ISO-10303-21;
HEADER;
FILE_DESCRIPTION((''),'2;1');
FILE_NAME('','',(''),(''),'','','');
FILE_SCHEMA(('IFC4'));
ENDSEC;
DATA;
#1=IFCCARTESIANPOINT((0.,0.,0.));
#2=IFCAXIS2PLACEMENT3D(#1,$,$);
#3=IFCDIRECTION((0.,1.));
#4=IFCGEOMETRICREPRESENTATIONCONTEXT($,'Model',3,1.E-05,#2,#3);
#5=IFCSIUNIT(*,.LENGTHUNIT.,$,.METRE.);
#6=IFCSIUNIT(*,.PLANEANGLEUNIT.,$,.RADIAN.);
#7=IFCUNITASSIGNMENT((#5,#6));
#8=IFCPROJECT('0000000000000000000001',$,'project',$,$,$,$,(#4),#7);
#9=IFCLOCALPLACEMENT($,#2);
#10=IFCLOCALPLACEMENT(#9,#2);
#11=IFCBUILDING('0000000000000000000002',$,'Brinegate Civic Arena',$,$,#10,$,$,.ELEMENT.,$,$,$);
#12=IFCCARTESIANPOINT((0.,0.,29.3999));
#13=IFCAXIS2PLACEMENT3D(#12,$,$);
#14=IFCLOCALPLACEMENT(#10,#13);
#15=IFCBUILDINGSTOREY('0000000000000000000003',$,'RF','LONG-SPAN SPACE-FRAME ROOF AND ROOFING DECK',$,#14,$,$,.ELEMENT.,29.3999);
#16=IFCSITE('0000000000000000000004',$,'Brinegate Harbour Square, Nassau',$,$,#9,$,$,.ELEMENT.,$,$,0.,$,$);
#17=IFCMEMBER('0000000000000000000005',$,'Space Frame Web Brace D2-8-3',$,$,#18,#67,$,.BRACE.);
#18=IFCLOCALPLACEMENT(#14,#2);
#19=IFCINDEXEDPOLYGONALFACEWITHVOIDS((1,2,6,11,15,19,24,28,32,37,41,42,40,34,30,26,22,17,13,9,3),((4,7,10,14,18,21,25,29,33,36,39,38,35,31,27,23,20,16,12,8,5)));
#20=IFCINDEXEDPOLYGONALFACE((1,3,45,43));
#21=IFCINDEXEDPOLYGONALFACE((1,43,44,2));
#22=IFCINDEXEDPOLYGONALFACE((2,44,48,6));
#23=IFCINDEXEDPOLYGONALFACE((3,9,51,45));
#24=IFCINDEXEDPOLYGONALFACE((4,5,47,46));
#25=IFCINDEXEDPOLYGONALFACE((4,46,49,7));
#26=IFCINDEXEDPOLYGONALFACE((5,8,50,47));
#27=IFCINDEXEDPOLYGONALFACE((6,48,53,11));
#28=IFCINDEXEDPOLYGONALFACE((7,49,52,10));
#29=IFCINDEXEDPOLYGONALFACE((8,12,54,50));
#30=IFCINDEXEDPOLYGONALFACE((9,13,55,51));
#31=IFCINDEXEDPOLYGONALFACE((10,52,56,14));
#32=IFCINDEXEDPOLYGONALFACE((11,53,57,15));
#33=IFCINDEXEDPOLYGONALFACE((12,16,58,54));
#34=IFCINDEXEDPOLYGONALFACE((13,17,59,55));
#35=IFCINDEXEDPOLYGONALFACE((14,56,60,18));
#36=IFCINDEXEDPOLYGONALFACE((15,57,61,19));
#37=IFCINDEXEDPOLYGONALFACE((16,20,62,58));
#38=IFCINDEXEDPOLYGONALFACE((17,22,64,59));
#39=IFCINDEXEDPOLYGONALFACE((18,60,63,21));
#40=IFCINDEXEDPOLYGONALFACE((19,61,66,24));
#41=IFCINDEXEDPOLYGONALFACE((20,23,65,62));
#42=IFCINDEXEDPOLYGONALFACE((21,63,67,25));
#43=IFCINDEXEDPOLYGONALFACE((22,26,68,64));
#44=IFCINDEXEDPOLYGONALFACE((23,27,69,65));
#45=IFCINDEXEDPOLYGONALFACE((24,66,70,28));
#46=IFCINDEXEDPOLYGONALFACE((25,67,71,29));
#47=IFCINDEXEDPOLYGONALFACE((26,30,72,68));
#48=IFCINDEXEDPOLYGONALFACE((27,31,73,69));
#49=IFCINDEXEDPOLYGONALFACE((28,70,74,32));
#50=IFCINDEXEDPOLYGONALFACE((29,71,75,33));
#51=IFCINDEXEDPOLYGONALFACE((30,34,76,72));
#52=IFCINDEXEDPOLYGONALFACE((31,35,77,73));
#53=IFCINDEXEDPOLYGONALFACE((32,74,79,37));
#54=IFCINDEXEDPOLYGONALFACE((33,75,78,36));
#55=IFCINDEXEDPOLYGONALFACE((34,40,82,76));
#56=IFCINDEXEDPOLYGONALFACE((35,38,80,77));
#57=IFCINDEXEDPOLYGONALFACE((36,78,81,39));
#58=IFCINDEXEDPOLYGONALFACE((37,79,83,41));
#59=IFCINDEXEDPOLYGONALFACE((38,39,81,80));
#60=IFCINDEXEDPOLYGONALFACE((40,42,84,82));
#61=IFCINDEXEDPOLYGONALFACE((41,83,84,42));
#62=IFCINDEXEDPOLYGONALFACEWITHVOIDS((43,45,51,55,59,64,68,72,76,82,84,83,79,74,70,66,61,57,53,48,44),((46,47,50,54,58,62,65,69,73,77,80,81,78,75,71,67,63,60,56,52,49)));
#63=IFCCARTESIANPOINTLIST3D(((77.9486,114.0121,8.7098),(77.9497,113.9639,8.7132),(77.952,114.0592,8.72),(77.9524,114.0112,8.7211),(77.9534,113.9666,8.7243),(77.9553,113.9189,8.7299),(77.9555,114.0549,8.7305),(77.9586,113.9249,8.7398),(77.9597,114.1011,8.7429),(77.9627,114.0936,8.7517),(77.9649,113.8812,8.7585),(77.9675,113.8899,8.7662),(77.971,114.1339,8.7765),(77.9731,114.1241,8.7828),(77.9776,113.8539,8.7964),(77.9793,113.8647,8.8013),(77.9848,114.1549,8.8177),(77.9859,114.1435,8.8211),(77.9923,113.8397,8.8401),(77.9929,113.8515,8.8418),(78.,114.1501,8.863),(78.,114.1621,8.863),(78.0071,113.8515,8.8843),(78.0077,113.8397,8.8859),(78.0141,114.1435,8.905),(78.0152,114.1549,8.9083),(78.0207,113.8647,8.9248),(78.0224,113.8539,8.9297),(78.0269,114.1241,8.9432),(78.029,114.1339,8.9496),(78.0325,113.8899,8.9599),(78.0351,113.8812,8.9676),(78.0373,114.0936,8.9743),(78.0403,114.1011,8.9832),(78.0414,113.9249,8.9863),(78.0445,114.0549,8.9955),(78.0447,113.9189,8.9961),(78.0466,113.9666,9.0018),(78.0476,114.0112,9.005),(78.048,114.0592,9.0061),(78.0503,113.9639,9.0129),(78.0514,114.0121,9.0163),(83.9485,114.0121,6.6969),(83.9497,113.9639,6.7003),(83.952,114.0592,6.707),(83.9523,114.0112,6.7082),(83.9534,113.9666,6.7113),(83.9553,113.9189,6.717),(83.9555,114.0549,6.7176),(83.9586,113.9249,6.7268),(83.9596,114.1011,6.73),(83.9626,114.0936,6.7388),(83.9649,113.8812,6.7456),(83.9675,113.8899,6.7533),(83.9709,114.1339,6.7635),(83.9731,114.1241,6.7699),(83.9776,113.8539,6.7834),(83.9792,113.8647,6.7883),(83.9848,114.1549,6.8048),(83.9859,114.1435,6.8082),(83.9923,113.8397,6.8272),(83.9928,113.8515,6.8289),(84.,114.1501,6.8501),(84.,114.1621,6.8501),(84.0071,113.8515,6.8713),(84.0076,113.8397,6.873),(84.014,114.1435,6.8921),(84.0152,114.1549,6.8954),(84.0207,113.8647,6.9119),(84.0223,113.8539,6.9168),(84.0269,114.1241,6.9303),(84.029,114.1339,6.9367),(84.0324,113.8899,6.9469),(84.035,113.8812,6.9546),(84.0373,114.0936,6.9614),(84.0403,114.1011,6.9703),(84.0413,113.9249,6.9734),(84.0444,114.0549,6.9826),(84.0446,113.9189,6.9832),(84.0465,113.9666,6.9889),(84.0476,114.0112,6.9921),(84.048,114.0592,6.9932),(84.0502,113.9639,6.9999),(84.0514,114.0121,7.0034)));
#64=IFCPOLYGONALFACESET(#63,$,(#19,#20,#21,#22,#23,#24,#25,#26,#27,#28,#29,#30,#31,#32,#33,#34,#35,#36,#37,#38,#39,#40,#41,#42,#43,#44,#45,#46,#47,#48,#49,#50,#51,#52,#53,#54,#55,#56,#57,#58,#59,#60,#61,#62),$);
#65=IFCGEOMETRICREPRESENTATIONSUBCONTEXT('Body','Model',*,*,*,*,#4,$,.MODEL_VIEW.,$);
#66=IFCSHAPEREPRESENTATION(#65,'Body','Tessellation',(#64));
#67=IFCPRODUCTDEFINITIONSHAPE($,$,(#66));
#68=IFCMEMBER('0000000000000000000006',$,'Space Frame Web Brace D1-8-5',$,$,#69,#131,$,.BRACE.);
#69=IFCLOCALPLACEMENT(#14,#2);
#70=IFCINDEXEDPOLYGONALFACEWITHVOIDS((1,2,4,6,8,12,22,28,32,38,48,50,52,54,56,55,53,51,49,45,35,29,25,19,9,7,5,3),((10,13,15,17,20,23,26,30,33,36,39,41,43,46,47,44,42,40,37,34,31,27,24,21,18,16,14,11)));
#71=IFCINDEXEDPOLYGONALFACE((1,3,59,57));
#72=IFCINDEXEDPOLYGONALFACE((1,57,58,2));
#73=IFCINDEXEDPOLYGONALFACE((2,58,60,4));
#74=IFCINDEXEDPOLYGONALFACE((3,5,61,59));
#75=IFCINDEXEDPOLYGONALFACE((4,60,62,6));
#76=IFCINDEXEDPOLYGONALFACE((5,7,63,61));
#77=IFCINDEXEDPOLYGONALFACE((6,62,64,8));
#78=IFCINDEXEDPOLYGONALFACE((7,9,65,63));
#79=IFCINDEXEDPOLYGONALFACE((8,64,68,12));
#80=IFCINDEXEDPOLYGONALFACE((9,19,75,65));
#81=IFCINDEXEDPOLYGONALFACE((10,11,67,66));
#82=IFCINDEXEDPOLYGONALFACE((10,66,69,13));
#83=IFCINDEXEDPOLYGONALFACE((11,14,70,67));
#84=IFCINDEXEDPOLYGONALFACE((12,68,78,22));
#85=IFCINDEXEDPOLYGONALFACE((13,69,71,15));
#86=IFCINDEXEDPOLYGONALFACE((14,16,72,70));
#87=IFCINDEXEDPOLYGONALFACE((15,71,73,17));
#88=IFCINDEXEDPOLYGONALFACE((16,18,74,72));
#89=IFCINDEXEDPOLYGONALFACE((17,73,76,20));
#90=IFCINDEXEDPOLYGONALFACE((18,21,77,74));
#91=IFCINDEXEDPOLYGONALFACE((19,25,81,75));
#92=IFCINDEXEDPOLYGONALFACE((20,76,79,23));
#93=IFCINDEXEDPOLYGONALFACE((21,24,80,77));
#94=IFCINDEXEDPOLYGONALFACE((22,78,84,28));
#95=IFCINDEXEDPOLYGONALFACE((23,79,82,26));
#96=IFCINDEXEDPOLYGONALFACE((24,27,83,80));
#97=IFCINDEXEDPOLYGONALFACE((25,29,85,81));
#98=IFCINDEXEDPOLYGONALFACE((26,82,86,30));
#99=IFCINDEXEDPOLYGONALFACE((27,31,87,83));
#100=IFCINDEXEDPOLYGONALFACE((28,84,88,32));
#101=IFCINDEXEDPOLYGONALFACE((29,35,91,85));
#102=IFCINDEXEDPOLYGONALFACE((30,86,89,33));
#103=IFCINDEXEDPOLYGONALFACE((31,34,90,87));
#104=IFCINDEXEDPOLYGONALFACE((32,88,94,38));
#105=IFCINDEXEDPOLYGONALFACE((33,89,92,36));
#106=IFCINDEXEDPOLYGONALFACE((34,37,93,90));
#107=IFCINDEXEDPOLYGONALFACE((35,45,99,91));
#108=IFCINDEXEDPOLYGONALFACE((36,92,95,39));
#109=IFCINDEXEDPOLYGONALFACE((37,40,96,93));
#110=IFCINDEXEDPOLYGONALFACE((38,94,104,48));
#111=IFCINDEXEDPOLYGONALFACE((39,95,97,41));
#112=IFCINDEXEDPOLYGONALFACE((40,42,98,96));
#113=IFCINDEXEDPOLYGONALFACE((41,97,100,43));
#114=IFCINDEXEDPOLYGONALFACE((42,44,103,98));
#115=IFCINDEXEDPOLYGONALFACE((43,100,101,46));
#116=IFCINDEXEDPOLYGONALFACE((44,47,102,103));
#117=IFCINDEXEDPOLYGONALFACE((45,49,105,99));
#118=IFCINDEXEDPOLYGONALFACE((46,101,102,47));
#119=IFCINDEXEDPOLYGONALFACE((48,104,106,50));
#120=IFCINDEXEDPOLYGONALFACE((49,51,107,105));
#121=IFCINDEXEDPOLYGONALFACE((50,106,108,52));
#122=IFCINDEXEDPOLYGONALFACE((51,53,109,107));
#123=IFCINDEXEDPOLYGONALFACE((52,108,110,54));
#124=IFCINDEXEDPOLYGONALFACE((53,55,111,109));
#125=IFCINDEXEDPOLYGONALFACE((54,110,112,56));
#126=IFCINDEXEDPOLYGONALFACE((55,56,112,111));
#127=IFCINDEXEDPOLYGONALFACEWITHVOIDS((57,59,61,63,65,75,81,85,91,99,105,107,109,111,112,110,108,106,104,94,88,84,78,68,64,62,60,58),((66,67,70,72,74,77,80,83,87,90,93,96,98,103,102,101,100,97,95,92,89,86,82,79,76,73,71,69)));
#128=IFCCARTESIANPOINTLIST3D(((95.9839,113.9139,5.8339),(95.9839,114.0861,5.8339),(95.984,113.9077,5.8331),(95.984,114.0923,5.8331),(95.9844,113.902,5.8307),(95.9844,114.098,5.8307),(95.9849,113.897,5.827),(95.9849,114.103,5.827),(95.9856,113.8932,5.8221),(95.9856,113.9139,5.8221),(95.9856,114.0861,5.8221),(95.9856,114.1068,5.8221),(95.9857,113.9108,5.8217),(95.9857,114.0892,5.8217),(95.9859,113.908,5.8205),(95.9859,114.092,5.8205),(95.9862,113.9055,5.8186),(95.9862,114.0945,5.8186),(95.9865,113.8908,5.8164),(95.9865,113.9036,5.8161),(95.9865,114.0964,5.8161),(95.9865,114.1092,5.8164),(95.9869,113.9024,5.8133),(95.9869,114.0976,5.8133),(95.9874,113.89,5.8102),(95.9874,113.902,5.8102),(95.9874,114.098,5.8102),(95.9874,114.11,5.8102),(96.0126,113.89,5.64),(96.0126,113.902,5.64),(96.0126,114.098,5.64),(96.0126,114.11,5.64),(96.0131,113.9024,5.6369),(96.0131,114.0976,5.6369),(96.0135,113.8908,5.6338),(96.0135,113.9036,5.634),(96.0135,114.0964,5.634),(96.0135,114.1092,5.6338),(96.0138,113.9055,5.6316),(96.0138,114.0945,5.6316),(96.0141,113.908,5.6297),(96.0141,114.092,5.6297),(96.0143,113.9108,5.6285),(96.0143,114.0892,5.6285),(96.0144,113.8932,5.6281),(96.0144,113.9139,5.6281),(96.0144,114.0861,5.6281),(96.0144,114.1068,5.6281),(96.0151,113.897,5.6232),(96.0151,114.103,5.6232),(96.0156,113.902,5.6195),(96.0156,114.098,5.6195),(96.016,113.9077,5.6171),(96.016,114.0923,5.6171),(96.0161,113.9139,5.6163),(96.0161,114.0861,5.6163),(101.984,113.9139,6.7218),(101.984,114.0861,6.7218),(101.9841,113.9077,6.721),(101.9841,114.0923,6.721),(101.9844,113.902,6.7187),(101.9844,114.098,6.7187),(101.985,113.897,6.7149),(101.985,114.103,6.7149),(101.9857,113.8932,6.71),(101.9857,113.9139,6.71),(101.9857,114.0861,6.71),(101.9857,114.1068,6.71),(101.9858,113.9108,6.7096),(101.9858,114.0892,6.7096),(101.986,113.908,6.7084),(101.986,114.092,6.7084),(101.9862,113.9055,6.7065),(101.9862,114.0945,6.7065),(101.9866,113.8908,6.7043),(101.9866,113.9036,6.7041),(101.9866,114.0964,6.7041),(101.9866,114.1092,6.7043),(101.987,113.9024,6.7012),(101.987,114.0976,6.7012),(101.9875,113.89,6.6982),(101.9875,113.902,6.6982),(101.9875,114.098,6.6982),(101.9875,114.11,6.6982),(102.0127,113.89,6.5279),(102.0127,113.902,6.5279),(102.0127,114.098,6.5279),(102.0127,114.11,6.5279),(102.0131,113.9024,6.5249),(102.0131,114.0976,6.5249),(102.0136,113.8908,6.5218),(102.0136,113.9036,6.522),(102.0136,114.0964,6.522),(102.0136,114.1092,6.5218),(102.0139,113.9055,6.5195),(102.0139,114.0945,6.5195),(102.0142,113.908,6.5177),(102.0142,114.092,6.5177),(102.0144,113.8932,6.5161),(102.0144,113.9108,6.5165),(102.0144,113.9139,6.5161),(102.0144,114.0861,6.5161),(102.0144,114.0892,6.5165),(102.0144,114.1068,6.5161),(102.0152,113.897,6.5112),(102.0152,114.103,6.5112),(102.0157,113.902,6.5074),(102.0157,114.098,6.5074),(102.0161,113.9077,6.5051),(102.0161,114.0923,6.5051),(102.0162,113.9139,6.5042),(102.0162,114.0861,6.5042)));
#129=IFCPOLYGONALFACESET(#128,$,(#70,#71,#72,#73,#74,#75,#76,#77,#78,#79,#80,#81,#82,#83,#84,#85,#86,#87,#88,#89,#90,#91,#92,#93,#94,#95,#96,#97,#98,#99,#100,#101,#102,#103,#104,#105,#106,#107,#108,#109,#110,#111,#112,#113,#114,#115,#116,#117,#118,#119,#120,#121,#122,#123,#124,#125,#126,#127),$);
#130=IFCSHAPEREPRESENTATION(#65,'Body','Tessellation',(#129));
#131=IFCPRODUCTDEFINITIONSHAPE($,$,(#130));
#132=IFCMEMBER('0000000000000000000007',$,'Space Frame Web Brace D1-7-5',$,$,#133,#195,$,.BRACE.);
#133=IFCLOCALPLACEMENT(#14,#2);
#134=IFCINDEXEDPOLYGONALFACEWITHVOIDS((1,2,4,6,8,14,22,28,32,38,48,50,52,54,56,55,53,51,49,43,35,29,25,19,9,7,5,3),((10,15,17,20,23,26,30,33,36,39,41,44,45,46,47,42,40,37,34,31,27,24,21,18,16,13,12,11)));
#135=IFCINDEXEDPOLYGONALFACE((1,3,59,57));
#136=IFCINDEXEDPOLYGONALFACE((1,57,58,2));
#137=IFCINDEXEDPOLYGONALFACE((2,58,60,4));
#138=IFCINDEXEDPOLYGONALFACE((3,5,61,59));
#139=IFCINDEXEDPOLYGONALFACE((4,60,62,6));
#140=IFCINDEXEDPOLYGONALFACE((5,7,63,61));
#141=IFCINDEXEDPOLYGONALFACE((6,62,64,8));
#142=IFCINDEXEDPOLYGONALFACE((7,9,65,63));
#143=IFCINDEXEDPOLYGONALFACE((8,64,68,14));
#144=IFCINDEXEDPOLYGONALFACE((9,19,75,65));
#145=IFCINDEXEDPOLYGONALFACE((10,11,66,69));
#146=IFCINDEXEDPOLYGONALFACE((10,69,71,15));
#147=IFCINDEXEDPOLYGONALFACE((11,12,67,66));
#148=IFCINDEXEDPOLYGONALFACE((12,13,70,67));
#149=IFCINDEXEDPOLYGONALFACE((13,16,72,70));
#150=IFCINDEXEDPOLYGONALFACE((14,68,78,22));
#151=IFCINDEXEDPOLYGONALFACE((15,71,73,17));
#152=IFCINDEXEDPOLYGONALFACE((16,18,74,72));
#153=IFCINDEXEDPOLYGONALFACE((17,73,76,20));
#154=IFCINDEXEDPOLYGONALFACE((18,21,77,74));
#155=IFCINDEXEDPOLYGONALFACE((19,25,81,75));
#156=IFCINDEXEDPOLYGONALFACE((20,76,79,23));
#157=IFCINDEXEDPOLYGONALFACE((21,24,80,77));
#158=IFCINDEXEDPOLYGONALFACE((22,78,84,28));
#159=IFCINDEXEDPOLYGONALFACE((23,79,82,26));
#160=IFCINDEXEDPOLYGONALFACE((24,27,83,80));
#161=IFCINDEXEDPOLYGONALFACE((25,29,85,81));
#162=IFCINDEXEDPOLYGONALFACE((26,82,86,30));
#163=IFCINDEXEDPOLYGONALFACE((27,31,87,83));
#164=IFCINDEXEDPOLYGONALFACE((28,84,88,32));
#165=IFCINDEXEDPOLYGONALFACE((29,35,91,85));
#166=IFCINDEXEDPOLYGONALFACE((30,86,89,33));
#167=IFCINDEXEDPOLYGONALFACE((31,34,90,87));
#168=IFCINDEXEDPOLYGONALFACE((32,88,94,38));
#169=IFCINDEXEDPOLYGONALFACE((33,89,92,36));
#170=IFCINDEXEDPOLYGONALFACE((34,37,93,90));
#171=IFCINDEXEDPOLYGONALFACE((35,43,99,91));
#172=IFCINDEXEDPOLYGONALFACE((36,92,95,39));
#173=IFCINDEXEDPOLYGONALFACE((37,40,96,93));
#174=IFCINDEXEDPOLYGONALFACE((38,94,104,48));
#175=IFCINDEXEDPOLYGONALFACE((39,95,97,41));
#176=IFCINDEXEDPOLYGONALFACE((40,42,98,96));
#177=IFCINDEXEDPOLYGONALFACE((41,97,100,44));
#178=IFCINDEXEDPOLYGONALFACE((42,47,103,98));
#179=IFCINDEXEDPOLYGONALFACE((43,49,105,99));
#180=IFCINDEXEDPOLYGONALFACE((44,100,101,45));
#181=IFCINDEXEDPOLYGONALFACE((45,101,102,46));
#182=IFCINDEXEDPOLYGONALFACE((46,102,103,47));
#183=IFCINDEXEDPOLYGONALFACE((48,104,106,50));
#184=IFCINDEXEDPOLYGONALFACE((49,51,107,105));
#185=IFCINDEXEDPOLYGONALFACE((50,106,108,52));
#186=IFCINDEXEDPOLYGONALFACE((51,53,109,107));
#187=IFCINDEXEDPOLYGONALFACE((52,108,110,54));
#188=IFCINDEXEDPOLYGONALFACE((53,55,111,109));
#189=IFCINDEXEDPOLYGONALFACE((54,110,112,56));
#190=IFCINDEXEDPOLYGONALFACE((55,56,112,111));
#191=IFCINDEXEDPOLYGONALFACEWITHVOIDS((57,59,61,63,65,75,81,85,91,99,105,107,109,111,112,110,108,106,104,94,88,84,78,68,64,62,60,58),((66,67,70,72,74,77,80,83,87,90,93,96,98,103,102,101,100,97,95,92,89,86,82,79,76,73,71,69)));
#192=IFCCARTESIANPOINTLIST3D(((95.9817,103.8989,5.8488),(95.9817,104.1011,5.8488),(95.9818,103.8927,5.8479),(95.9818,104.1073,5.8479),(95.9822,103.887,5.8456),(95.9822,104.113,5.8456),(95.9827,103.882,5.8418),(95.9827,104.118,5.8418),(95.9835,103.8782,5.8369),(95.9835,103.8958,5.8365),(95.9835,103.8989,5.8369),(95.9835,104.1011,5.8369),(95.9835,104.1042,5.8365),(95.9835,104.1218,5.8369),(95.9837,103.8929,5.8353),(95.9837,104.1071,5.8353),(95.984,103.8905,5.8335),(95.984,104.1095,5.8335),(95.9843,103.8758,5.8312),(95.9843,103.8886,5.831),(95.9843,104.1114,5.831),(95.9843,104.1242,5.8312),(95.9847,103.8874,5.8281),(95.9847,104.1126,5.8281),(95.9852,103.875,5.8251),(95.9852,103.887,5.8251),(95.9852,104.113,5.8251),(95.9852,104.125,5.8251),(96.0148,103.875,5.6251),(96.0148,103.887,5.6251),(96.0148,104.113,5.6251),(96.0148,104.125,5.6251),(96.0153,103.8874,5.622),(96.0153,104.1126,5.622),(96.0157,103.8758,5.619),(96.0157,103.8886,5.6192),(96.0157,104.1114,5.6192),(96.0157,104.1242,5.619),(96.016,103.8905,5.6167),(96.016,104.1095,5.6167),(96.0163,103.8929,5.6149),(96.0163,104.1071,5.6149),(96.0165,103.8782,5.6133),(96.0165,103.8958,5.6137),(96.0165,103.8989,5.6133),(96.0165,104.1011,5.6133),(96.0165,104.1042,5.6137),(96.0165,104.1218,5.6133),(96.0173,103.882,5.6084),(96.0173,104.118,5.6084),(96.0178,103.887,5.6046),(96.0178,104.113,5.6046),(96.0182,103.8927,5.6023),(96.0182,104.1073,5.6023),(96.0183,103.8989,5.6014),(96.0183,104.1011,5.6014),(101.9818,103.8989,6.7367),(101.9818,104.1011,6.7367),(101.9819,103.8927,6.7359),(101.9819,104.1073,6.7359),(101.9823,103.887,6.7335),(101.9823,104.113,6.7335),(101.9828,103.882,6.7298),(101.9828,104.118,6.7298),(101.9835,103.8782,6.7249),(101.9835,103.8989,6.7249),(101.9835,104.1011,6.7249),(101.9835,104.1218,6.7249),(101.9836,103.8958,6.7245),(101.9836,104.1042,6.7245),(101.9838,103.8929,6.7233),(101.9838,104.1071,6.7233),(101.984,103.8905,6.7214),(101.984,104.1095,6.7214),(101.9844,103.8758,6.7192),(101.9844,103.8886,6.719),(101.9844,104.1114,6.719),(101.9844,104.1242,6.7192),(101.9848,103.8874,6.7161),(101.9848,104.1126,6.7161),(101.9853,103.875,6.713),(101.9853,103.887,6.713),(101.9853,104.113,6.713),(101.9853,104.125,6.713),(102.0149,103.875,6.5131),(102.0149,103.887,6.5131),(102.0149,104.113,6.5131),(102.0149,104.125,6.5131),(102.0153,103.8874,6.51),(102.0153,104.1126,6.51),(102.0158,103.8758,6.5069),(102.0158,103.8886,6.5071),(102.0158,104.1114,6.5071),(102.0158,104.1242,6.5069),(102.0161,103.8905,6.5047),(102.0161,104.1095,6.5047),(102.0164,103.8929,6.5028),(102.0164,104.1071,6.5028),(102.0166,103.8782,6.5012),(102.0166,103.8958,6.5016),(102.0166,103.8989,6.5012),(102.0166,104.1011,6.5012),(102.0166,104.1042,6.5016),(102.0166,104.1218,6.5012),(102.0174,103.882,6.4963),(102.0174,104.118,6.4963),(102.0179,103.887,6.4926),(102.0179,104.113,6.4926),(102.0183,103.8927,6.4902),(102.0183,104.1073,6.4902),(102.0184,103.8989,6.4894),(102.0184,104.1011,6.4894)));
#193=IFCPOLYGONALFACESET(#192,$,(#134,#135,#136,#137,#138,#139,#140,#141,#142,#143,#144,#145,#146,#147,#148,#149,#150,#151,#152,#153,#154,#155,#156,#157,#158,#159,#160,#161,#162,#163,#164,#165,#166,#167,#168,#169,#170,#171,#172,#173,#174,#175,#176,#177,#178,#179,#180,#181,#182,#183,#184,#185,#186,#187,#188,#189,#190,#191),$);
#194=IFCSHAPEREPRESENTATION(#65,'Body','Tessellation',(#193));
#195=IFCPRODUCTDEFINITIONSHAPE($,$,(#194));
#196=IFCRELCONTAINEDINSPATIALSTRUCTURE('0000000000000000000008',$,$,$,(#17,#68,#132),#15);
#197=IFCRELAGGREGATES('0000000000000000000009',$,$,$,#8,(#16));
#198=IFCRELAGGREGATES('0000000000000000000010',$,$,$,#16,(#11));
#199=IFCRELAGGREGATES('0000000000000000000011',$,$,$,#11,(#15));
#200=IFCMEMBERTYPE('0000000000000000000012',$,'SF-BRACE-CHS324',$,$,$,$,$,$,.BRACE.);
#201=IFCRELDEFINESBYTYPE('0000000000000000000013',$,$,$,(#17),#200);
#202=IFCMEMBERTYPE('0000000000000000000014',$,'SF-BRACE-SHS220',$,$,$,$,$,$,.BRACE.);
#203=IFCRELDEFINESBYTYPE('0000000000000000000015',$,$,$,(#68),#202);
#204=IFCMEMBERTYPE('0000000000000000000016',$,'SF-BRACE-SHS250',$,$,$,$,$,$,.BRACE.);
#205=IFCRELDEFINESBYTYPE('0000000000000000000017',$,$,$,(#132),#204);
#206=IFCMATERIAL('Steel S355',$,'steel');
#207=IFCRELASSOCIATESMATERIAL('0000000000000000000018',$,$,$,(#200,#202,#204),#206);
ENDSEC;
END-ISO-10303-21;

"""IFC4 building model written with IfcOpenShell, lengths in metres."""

from ifc_helpers import new_model, si_unit, direction, frame, origin, origin_2d, place, context, subcontext, project, spatial, hollow_rectangle, hollow_circle, extrude, material, material_profile, profile_set, type_object, element, save


model = new_model("IFC4")

# Units and contexts
model_context = context("Model", 3, precision=1e-05, world=origin(), true_north=direction((0.0, 1.0)))
body_context = subcontext(model_context, "Body", "Model", "MODEL_VIEW")
ifc_project = project(units=[si_unit("LENGTHUNIT", "METRE"), si_unit("PLANEANGLEUNIT", "RADIAN")], contexts=[model_context])

# Site, building, storey
site_placement = place(None, origin())
site = spatial("IfcSite", under=ifc_project, at=site_placement, Name="Brinegate Harbour Square, Nassau", CompositionType="ELEMENT", RefElevation=0.0)
building_placement = place(site_placement, origin())
building = spatial("IfcBuilding", under=site, at=building_placement, Name="Brinegate Civic Arena", CompositionType="ELEMENT")
storey_placement = place(building_placement, frame((0.0, 0.0, 29.3999)))
storey = spatial("IfcBuildingStorey", under=building, at=storey_placement, Name="RF", Description="LONG-SPAN SPACE-FRAME ROOF AND ROOFING DECK", CompositionType="ELEMENT", Elevation=29.3999)

# Shared definitions
ifc_material_1 = material(Name="Steel S355", Category="steel")

# Members
ifc_material_profile_1 = material_profile(ifc_material_1, hollow_circle(Radius=0.1621, WallThickness=0.012, at=origin_2d()), Name="CHS324X12")
ifc_profile_set_1 = profile_set([ifc_material_profile_1], Name="Steel S355")
member_type_1 = type_object("IfcMemberType", Name="SF-BRACE-CHS324", PredefinedType="BRACE", material=ifc_profile_set_1)
member_1_placement = place(storey_placement, frame((78.0, 114.0, 8.863), z_axis=(0.948068, 0.0, -0.318067), x_axis=(0.0, 1.0, 0.0)))
element("IfcMember", 1, at=member_1_placement, inside=storey, type_object=member_type_1, Name="Space Frame Web Brace D2-8-3", PredefinedType="BRACE", context=body_context, shape_type="SweptSolid", body=[
    extrude(hollow_circle(Radius=0.1621, WallThickness=0.012, at=origin_2d()), origin(), (0.0, 0.0, 1.0), 6.3286),
])
ifc_material_profile_2 = material_profile(ifc_material_1, hollow_rectangle(XDim=0.22, YDim=0.22, WallThickness=0.012, InnerFilletRadius=0.012, OuterFilletRadius=0.0239, at=origin_2d()), Name="SHS220X12")
ifc_profile_set_2 = profile_set([ifc_material_profile_2], Name="Steel S355")
member_type_2 = type_object("IfcMemberType", Name="SF-BRACE-SHS220", PredefinedType="BRACE", material=ifc_profile_set_2)
member_2_placement = place(storey_placement, frame((96.0, 114.0, 5.7251), z_axis=(0.989226, 0.0, 0.146395), x_axis=(0.0, 1.0, 0.0)))
element("IfcMember", 2, at=member_2_placement, inside=storey, type_object=member_type_2, Name="Space Frame Web Brace D1-8-5", PredefinedType="BRACE", context=body_context, shape_type="SweptSolid", body=[
    extrude(hollow_rectangle(XDim=0.22, YDim=0.22, WallThickness=0.012, InnerFilletRadius=0.012, OuterFilletRadius=0.0239, at=origin_2d()), origin(), (0.0, 0.0, 1.0), 6.0654),
])
ifc_material_profile_3 = material_profile(ifc_material_1, hollow_rectangle(XDim=0.25, YDim=0.25, WallThickness=0.012, InnerFilletRadius=0.012, OuterFilletRadius=0.0239, at=origin_2d()), Name="SHS250X12")
ifc_profile_set_3 = profile_set([ifc_material_profile_3], Name="Steel S355")
member_type_3 = type_object("IfcMemberType", Name="SF-BRACE-SHS250", PredefinedType="BRACE", material=ifc_profile_set_3)
for number, where, z_axis, x_axis, name in (
    (3, (96.0, 104.0, 5.7251), (0.989226, 0.0, 0.146395), (0.0, 1.0, 0.0), "Space Frame Web Brace D1-7-5"),
):
    element("IfcMember", number, at=place(storey_placement, frame(where, z_axis=z_axis, x_axis=x_axis)), inside=storey, type_object=member_type_3, Name=name, PredefinedType="BRACE", context=body_context, shape_type="SweptSolid", body=[
        extrude(hollow_rectangle(XDim=0.25, YDim=0.25, WallThickness=0.012, InnerFilletRadius=0.012, OuterFilletRadius=0.0239, at=origin_2d()), origin(), (0.0, 0.0, 1.0), 6.0654),
    ])

save(model, "model.ifc")
